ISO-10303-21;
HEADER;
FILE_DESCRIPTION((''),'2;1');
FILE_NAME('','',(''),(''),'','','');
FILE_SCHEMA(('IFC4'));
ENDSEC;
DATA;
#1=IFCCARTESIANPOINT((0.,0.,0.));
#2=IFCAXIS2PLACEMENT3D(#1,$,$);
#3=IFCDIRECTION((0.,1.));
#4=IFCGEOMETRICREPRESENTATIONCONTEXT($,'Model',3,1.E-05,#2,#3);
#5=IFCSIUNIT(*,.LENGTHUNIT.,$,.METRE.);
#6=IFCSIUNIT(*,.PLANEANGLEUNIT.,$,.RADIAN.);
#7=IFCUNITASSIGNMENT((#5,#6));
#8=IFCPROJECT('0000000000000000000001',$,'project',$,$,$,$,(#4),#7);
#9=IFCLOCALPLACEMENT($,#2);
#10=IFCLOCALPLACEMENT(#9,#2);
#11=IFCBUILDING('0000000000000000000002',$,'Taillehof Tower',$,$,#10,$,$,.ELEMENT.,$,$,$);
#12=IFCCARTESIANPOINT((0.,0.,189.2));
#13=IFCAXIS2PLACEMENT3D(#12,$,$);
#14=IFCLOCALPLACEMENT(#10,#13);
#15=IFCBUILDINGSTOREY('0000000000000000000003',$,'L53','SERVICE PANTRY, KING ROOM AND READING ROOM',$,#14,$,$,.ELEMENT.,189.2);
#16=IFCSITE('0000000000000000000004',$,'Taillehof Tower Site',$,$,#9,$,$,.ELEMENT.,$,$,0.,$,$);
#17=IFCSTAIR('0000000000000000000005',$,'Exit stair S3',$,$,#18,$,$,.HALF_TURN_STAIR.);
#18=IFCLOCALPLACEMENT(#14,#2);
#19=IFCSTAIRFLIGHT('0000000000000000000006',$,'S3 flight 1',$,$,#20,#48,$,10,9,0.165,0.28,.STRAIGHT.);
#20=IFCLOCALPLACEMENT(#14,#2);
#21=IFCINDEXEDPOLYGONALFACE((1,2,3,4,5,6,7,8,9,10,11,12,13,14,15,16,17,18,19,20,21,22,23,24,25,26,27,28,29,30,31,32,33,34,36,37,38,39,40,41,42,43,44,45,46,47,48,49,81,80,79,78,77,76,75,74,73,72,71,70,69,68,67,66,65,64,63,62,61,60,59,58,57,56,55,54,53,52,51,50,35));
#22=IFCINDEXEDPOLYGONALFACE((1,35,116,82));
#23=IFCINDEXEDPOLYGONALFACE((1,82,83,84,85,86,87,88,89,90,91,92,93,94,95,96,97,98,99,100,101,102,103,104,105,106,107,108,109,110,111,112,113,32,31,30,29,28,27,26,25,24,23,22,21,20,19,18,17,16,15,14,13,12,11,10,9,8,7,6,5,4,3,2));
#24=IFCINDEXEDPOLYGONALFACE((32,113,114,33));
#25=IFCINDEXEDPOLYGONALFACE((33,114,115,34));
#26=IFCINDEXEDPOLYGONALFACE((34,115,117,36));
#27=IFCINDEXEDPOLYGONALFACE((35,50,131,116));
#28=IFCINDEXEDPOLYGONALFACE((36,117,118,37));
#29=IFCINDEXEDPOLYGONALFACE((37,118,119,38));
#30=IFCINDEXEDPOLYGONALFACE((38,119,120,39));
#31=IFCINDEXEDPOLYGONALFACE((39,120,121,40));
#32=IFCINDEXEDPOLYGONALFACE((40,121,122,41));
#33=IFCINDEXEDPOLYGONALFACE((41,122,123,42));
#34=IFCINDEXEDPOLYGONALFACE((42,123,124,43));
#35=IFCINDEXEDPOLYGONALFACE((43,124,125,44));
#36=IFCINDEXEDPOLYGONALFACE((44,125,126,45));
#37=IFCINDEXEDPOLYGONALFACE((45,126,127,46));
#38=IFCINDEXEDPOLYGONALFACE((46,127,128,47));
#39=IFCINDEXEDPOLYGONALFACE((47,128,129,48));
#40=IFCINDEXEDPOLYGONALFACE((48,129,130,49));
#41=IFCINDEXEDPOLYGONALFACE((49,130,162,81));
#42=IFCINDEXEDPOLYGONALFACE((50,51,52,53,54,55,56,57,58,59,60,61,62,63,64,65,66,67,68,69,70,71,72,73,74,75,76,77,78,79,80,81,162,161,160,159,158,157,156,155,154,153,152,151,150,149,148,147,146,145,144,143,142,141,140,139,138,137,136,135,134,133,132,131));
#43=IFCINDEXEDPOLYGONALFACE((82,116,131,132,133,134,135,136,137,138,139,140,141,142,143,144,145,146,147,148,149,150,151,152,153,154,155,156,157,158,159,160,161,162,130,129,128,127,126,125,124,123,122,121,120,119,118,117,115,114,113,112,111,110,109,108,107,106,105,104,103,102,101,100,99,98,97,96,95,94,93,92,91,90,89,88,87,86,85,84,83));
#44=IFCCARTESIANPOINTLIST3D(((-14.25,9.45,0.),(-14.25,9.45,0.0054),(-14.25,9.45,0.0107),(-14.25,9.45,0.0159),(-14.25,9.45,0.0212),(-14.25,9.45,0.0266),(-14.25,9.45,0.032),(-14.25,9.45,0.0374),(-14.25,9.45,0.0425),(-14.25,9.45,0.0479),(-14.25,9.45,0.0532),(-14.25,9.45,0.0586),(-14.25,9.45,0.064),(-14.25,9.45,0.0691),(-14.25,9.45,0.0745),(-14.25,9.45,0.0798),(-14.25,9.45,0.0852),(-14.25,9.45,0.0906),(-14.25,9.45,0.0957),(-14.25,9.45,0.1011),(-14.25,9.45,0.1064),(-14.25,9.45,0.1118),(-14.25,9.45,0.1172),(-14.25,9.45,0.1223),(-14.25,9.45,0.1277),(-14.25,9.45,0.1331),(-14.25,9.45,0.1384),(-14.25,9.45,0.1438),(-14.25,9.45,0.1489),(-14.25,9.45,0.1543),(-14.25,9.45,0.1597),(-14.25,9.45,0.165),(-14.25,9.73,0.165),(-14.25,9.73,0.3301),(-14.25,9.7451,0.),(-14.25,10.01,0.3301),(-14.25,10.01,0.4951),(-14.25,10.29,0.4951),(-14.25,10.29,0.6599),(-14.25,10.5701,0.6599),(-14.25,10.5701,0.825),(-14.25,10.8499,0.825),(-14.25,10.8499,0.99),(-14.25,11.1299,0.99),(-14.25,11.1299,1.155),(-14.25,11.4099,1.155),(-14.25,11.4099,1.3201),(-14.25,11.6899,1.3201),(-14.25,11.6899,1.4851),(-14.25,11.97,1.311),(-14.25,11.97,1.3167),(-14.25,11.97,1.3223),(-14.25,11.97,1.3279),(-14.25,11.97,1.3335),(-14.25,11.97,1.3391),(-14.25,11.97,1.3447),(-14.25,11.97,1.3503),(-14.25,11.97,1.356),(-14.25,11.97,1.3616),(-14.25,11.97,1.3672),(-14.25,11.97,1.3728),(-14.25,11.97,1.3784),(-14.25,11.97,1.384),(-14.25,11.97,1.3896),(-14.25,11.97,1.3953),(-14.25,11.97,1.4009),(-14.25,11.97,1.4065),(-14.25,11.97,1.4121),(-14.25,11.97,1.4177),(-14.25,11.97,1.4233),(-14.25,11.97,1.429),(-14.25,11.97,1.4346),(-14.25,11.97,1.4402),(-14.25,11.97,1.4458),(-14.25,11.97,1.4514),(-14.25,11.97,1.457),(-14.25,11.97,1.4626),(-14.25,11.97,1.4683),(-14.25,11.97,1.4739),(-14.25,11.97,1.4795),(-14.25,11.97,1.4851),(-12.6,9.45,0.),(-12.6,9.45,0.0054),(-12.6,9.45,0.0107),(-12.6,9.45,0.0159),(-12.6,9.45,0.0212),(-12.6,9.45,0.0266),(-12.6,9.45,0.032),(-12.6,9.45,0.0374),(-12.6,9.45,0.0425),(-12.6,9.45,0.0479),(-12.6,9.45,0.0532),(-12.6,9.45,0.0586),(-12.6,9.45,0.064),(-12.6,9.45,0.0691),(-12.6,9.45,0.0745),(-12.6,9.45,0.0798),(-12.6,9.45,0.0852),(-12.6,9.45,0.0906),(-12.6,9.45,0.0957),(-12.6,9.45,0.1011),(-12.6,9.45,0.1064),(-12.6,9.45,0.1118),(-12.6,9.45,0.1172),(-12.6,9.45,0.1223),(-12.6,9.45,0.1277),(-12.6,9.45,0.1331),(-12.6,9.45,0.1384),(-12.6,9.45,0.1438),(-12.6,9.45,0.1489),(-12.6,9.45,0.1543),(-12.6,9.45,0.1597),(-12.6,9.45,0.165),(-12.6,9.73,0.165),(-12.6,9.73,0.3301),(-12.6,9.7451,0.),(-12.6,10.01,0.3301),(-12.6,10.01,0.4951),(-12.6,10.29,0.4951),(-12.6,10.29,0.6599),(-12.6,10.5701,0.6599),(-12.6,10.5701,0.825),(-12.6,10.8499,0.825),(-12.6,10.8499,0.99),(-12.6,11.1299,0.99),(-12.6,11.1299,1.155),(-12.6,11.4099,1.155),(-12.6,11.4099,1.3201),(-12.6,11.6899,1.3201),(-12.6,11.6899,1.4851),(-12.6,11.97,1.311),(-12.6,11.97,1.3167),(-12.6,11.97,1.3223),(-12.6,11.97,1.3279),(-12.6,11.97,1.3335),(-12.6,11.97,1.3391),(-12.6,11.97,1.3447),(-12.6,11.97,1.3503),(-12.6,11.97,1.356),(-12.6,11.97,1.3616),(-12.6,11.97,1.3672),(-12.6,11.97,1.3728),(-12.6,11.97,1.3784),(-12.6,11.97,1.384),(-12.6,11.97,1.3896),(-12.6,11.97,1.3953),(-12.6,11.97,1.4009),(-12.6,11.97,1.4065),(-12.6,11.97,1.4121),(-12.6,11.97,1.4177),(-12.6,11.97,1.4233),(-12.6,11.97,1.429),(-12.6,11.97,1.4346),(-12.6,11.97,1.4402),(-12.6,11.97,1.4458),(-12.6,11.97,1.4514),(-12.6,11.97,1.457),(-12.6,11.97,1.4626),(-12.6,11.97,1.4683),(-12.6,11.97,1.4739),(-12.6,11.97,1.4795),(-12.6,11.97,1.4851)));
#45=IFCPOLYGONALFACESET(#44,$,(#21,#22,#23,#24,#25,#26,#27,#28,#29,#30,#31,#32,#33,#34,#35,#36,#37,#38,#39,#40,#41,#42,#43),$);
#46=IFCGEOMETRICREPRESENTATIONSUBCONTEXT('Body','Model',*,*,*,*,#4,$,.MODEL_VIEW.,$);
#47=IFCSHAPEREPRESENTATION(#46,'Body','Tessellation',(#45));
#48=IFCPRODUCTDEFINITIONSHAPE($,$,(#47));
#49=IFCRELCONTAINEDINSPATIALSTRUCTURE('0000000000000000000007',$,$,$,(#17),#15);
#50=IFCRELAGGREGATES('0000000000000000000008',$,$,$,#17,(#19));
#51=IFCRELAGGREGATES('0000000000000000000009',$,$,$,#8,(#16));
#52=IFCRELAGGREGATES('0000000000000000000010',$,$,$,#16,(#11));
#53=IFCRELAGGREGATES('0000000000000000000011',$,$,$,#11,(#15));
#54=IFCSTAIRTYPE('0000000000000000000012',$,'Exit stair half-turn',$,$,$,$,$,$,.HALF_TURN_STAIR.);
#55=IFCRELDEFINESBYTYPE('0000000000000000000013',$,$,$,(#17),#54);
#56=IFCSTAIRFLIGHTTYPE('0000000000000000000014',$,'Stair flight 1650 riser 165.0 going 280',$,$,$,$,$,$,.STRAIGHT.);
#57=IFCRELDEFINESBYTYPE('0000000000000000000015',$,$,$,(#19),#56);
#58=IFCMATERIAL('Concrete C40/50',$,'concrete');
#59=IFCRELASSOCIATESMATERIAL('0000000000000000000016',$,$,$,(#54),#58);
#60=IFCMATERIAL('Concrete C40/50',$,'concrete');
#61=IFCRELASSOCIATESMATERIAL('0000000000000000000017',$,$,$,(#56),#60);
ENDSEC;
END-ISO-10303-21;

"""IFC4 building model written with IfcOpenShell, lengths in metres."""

from ifc_helpers import new_model, si_unit, direction, frame, origin, place, context, subcontext, project, spatial, polyline, outline, extrude, material, type_object, element, aggregate, save


model = new_model("IFC4")

# Units and contexts
model_context = context("Model", 3, precision=1e-05, world=origin(), true_north=direction((0.0, 1.0)))
body_context = subcontext(model_context, "Body", "Model", "MODEL_VIEW")
ifc_project = project(units=[si_unit("LENGTHUNIT", "METRE"), si_unit("PLANEANGLEUNIT", "RADIAN")], contexts=[model_context])

# Site, building, storey
site_placement = place(None, origin())
site = spatial("IfcSite", under=ifc_project, at=site_placement, Name="Taillehof Tower Site", CompositionType="ELEMENT", RefElevation=0.0)
building_placement = place(site_placement, origin())
building = spatial("IfcBuilding", under=site, at=building_placement, Name="Taillehof Tower", CompositionType="ELEMENT")
storey_placement = place(building_placement, frame((0.0, 0.0, 189.2)))
storey = spatial("IfcBuildingStorey", under=building, at=storey_placement, Name="L53", Description="SERVICE PANTRY, KING ROOM AND READING ROOM", CompositionType="ELEMENT", Elevation=189.2)

# Stair, stair flight
ifc_material_1 = material(Name="Concrete C40/50", Category="concrete")
stair_type = type_object("IfcStairType", Name="Exit stair half-turn", PredefinedType="HALF_TURN_STAIR", material=ifc_material_1)
stair_placement = place(storey_placement, origin())
stair = element("IfcStair", 1, at=stair_placement, inside=storey, type_object=stair_type, Name="Exit stair S3", PredefinedType="HALF_TURN_STAIR")
ifc_material_2 = material(Name="Concrete C40/50", Category="concrete")
stair_flight_type = type_object("IfcStairFlightType", Name="Stair flight 1650 riser 165.0 going 280", PredefinedType="STRAIGHT", material=ifc_material_2)
stair_flight_placement = place(storey_placement, frame((-13.425, 9.45, 0.0), z_axis=(0.0, 0.0, 1.0), x_axis=(0.0, 1.0, 0.0)))
stair_flight = element("IfcStairFlight", 2, at=stair_flight_placement, type_object=stair_flight_type, Name="S3 flight 1", NumberOfRisers=10, NumberOfTreads=9, PredefinedType="STRAIGHT", RiserHeight=0.165, TreadLength=0.28, context=body_context, shape_type="SweptSolid", body=[
    extrude(outline(polyline([(0.0, 0.0), (0.0, 0.0054), (0.0, 0.0107), (0.0, 0.0159), (0.0, 0.0212), (0.0, 0.0266), (0.0, 0.032), (0.0, 0.0374), (0.0, 0.0425), (0.0, 0.0479), (0.0, 0.0532), (0.0, 0.0586), (0.0, 0.064), (0.0, 0.0691), (0.0, 0.0745), (0.0, 0.0798), (0.0, 0.0852), (0.0, 0.0906), (0.0, 0.0957), (0.0, 0.1011), (0.0, 0.1064), (0.0, 0.1118), (0.0, 0.1172), (0.0, 0.1223), (0.0, 0.1277), (0.0, 0.1331), (0.0, 0.1384), (0.0, 0.1438), (0.0, 0.1489), (0.0, 0.1543), (0.0, 0.1597), (0.0, 0.165), (0.28, 0.165), (0.28, 0.3301), (0.5601, 0.3301), (0.5601, 0.4951), (0.8401, 0.4951), (0.8401, 0.6599), (1.1201, 0.6599), (1.1201, 0.825), (1.3999, 0.825), (1.3999, 0.99), (1.6799, 0.99), (1.6799, 1.155), (1.96, 1.155), (1.96, 1.3201), (2.24, 1.3201), (2.24, 1.4851), (2.52, 1.4851), (2.52, 1.4795), (2.52, 1.4739), (2.52, 1.4683), (2.52, 1.4626), (2.52, 1.457), (2.52, 1.4514), (2.52, 1.4458), (2.52, 1.4402), (2.52, 1.4346), (2.52, 1.429), (2.52, 1.4233), (2.52, 1.4177), (2.52, 1.4121), (2.52, 1.4065), (2.52, 1.4009), (2.52, 1.3953), (2.52, 1.3896), (2.52, 1.384), (2.52, 1.3784), (2.52, 1.3728), (2.52, 1.3672), (2.52, 1.3616), (2.52, 1.356), (2.52, 1.3503), (2.52, 1.3447), (2.52, 1.3391), (2.52, 1.3335), (2.52, 1.3279), (2.52, 1.3223), (2.52, 1.3167), (2.52, 1.311), (0.2952, 0.0), (0.0, 0.0)])), frame((0.0, 0.825, 0.0), z_axis=(0.0, -1.0, 0.0), x_axis=(1.0, 0.0, 0.0)), (0.0, 0.0, 1.0), 1.65),
])
aggregate(stair, [stair_flight])

save(model, "model.ifc")
